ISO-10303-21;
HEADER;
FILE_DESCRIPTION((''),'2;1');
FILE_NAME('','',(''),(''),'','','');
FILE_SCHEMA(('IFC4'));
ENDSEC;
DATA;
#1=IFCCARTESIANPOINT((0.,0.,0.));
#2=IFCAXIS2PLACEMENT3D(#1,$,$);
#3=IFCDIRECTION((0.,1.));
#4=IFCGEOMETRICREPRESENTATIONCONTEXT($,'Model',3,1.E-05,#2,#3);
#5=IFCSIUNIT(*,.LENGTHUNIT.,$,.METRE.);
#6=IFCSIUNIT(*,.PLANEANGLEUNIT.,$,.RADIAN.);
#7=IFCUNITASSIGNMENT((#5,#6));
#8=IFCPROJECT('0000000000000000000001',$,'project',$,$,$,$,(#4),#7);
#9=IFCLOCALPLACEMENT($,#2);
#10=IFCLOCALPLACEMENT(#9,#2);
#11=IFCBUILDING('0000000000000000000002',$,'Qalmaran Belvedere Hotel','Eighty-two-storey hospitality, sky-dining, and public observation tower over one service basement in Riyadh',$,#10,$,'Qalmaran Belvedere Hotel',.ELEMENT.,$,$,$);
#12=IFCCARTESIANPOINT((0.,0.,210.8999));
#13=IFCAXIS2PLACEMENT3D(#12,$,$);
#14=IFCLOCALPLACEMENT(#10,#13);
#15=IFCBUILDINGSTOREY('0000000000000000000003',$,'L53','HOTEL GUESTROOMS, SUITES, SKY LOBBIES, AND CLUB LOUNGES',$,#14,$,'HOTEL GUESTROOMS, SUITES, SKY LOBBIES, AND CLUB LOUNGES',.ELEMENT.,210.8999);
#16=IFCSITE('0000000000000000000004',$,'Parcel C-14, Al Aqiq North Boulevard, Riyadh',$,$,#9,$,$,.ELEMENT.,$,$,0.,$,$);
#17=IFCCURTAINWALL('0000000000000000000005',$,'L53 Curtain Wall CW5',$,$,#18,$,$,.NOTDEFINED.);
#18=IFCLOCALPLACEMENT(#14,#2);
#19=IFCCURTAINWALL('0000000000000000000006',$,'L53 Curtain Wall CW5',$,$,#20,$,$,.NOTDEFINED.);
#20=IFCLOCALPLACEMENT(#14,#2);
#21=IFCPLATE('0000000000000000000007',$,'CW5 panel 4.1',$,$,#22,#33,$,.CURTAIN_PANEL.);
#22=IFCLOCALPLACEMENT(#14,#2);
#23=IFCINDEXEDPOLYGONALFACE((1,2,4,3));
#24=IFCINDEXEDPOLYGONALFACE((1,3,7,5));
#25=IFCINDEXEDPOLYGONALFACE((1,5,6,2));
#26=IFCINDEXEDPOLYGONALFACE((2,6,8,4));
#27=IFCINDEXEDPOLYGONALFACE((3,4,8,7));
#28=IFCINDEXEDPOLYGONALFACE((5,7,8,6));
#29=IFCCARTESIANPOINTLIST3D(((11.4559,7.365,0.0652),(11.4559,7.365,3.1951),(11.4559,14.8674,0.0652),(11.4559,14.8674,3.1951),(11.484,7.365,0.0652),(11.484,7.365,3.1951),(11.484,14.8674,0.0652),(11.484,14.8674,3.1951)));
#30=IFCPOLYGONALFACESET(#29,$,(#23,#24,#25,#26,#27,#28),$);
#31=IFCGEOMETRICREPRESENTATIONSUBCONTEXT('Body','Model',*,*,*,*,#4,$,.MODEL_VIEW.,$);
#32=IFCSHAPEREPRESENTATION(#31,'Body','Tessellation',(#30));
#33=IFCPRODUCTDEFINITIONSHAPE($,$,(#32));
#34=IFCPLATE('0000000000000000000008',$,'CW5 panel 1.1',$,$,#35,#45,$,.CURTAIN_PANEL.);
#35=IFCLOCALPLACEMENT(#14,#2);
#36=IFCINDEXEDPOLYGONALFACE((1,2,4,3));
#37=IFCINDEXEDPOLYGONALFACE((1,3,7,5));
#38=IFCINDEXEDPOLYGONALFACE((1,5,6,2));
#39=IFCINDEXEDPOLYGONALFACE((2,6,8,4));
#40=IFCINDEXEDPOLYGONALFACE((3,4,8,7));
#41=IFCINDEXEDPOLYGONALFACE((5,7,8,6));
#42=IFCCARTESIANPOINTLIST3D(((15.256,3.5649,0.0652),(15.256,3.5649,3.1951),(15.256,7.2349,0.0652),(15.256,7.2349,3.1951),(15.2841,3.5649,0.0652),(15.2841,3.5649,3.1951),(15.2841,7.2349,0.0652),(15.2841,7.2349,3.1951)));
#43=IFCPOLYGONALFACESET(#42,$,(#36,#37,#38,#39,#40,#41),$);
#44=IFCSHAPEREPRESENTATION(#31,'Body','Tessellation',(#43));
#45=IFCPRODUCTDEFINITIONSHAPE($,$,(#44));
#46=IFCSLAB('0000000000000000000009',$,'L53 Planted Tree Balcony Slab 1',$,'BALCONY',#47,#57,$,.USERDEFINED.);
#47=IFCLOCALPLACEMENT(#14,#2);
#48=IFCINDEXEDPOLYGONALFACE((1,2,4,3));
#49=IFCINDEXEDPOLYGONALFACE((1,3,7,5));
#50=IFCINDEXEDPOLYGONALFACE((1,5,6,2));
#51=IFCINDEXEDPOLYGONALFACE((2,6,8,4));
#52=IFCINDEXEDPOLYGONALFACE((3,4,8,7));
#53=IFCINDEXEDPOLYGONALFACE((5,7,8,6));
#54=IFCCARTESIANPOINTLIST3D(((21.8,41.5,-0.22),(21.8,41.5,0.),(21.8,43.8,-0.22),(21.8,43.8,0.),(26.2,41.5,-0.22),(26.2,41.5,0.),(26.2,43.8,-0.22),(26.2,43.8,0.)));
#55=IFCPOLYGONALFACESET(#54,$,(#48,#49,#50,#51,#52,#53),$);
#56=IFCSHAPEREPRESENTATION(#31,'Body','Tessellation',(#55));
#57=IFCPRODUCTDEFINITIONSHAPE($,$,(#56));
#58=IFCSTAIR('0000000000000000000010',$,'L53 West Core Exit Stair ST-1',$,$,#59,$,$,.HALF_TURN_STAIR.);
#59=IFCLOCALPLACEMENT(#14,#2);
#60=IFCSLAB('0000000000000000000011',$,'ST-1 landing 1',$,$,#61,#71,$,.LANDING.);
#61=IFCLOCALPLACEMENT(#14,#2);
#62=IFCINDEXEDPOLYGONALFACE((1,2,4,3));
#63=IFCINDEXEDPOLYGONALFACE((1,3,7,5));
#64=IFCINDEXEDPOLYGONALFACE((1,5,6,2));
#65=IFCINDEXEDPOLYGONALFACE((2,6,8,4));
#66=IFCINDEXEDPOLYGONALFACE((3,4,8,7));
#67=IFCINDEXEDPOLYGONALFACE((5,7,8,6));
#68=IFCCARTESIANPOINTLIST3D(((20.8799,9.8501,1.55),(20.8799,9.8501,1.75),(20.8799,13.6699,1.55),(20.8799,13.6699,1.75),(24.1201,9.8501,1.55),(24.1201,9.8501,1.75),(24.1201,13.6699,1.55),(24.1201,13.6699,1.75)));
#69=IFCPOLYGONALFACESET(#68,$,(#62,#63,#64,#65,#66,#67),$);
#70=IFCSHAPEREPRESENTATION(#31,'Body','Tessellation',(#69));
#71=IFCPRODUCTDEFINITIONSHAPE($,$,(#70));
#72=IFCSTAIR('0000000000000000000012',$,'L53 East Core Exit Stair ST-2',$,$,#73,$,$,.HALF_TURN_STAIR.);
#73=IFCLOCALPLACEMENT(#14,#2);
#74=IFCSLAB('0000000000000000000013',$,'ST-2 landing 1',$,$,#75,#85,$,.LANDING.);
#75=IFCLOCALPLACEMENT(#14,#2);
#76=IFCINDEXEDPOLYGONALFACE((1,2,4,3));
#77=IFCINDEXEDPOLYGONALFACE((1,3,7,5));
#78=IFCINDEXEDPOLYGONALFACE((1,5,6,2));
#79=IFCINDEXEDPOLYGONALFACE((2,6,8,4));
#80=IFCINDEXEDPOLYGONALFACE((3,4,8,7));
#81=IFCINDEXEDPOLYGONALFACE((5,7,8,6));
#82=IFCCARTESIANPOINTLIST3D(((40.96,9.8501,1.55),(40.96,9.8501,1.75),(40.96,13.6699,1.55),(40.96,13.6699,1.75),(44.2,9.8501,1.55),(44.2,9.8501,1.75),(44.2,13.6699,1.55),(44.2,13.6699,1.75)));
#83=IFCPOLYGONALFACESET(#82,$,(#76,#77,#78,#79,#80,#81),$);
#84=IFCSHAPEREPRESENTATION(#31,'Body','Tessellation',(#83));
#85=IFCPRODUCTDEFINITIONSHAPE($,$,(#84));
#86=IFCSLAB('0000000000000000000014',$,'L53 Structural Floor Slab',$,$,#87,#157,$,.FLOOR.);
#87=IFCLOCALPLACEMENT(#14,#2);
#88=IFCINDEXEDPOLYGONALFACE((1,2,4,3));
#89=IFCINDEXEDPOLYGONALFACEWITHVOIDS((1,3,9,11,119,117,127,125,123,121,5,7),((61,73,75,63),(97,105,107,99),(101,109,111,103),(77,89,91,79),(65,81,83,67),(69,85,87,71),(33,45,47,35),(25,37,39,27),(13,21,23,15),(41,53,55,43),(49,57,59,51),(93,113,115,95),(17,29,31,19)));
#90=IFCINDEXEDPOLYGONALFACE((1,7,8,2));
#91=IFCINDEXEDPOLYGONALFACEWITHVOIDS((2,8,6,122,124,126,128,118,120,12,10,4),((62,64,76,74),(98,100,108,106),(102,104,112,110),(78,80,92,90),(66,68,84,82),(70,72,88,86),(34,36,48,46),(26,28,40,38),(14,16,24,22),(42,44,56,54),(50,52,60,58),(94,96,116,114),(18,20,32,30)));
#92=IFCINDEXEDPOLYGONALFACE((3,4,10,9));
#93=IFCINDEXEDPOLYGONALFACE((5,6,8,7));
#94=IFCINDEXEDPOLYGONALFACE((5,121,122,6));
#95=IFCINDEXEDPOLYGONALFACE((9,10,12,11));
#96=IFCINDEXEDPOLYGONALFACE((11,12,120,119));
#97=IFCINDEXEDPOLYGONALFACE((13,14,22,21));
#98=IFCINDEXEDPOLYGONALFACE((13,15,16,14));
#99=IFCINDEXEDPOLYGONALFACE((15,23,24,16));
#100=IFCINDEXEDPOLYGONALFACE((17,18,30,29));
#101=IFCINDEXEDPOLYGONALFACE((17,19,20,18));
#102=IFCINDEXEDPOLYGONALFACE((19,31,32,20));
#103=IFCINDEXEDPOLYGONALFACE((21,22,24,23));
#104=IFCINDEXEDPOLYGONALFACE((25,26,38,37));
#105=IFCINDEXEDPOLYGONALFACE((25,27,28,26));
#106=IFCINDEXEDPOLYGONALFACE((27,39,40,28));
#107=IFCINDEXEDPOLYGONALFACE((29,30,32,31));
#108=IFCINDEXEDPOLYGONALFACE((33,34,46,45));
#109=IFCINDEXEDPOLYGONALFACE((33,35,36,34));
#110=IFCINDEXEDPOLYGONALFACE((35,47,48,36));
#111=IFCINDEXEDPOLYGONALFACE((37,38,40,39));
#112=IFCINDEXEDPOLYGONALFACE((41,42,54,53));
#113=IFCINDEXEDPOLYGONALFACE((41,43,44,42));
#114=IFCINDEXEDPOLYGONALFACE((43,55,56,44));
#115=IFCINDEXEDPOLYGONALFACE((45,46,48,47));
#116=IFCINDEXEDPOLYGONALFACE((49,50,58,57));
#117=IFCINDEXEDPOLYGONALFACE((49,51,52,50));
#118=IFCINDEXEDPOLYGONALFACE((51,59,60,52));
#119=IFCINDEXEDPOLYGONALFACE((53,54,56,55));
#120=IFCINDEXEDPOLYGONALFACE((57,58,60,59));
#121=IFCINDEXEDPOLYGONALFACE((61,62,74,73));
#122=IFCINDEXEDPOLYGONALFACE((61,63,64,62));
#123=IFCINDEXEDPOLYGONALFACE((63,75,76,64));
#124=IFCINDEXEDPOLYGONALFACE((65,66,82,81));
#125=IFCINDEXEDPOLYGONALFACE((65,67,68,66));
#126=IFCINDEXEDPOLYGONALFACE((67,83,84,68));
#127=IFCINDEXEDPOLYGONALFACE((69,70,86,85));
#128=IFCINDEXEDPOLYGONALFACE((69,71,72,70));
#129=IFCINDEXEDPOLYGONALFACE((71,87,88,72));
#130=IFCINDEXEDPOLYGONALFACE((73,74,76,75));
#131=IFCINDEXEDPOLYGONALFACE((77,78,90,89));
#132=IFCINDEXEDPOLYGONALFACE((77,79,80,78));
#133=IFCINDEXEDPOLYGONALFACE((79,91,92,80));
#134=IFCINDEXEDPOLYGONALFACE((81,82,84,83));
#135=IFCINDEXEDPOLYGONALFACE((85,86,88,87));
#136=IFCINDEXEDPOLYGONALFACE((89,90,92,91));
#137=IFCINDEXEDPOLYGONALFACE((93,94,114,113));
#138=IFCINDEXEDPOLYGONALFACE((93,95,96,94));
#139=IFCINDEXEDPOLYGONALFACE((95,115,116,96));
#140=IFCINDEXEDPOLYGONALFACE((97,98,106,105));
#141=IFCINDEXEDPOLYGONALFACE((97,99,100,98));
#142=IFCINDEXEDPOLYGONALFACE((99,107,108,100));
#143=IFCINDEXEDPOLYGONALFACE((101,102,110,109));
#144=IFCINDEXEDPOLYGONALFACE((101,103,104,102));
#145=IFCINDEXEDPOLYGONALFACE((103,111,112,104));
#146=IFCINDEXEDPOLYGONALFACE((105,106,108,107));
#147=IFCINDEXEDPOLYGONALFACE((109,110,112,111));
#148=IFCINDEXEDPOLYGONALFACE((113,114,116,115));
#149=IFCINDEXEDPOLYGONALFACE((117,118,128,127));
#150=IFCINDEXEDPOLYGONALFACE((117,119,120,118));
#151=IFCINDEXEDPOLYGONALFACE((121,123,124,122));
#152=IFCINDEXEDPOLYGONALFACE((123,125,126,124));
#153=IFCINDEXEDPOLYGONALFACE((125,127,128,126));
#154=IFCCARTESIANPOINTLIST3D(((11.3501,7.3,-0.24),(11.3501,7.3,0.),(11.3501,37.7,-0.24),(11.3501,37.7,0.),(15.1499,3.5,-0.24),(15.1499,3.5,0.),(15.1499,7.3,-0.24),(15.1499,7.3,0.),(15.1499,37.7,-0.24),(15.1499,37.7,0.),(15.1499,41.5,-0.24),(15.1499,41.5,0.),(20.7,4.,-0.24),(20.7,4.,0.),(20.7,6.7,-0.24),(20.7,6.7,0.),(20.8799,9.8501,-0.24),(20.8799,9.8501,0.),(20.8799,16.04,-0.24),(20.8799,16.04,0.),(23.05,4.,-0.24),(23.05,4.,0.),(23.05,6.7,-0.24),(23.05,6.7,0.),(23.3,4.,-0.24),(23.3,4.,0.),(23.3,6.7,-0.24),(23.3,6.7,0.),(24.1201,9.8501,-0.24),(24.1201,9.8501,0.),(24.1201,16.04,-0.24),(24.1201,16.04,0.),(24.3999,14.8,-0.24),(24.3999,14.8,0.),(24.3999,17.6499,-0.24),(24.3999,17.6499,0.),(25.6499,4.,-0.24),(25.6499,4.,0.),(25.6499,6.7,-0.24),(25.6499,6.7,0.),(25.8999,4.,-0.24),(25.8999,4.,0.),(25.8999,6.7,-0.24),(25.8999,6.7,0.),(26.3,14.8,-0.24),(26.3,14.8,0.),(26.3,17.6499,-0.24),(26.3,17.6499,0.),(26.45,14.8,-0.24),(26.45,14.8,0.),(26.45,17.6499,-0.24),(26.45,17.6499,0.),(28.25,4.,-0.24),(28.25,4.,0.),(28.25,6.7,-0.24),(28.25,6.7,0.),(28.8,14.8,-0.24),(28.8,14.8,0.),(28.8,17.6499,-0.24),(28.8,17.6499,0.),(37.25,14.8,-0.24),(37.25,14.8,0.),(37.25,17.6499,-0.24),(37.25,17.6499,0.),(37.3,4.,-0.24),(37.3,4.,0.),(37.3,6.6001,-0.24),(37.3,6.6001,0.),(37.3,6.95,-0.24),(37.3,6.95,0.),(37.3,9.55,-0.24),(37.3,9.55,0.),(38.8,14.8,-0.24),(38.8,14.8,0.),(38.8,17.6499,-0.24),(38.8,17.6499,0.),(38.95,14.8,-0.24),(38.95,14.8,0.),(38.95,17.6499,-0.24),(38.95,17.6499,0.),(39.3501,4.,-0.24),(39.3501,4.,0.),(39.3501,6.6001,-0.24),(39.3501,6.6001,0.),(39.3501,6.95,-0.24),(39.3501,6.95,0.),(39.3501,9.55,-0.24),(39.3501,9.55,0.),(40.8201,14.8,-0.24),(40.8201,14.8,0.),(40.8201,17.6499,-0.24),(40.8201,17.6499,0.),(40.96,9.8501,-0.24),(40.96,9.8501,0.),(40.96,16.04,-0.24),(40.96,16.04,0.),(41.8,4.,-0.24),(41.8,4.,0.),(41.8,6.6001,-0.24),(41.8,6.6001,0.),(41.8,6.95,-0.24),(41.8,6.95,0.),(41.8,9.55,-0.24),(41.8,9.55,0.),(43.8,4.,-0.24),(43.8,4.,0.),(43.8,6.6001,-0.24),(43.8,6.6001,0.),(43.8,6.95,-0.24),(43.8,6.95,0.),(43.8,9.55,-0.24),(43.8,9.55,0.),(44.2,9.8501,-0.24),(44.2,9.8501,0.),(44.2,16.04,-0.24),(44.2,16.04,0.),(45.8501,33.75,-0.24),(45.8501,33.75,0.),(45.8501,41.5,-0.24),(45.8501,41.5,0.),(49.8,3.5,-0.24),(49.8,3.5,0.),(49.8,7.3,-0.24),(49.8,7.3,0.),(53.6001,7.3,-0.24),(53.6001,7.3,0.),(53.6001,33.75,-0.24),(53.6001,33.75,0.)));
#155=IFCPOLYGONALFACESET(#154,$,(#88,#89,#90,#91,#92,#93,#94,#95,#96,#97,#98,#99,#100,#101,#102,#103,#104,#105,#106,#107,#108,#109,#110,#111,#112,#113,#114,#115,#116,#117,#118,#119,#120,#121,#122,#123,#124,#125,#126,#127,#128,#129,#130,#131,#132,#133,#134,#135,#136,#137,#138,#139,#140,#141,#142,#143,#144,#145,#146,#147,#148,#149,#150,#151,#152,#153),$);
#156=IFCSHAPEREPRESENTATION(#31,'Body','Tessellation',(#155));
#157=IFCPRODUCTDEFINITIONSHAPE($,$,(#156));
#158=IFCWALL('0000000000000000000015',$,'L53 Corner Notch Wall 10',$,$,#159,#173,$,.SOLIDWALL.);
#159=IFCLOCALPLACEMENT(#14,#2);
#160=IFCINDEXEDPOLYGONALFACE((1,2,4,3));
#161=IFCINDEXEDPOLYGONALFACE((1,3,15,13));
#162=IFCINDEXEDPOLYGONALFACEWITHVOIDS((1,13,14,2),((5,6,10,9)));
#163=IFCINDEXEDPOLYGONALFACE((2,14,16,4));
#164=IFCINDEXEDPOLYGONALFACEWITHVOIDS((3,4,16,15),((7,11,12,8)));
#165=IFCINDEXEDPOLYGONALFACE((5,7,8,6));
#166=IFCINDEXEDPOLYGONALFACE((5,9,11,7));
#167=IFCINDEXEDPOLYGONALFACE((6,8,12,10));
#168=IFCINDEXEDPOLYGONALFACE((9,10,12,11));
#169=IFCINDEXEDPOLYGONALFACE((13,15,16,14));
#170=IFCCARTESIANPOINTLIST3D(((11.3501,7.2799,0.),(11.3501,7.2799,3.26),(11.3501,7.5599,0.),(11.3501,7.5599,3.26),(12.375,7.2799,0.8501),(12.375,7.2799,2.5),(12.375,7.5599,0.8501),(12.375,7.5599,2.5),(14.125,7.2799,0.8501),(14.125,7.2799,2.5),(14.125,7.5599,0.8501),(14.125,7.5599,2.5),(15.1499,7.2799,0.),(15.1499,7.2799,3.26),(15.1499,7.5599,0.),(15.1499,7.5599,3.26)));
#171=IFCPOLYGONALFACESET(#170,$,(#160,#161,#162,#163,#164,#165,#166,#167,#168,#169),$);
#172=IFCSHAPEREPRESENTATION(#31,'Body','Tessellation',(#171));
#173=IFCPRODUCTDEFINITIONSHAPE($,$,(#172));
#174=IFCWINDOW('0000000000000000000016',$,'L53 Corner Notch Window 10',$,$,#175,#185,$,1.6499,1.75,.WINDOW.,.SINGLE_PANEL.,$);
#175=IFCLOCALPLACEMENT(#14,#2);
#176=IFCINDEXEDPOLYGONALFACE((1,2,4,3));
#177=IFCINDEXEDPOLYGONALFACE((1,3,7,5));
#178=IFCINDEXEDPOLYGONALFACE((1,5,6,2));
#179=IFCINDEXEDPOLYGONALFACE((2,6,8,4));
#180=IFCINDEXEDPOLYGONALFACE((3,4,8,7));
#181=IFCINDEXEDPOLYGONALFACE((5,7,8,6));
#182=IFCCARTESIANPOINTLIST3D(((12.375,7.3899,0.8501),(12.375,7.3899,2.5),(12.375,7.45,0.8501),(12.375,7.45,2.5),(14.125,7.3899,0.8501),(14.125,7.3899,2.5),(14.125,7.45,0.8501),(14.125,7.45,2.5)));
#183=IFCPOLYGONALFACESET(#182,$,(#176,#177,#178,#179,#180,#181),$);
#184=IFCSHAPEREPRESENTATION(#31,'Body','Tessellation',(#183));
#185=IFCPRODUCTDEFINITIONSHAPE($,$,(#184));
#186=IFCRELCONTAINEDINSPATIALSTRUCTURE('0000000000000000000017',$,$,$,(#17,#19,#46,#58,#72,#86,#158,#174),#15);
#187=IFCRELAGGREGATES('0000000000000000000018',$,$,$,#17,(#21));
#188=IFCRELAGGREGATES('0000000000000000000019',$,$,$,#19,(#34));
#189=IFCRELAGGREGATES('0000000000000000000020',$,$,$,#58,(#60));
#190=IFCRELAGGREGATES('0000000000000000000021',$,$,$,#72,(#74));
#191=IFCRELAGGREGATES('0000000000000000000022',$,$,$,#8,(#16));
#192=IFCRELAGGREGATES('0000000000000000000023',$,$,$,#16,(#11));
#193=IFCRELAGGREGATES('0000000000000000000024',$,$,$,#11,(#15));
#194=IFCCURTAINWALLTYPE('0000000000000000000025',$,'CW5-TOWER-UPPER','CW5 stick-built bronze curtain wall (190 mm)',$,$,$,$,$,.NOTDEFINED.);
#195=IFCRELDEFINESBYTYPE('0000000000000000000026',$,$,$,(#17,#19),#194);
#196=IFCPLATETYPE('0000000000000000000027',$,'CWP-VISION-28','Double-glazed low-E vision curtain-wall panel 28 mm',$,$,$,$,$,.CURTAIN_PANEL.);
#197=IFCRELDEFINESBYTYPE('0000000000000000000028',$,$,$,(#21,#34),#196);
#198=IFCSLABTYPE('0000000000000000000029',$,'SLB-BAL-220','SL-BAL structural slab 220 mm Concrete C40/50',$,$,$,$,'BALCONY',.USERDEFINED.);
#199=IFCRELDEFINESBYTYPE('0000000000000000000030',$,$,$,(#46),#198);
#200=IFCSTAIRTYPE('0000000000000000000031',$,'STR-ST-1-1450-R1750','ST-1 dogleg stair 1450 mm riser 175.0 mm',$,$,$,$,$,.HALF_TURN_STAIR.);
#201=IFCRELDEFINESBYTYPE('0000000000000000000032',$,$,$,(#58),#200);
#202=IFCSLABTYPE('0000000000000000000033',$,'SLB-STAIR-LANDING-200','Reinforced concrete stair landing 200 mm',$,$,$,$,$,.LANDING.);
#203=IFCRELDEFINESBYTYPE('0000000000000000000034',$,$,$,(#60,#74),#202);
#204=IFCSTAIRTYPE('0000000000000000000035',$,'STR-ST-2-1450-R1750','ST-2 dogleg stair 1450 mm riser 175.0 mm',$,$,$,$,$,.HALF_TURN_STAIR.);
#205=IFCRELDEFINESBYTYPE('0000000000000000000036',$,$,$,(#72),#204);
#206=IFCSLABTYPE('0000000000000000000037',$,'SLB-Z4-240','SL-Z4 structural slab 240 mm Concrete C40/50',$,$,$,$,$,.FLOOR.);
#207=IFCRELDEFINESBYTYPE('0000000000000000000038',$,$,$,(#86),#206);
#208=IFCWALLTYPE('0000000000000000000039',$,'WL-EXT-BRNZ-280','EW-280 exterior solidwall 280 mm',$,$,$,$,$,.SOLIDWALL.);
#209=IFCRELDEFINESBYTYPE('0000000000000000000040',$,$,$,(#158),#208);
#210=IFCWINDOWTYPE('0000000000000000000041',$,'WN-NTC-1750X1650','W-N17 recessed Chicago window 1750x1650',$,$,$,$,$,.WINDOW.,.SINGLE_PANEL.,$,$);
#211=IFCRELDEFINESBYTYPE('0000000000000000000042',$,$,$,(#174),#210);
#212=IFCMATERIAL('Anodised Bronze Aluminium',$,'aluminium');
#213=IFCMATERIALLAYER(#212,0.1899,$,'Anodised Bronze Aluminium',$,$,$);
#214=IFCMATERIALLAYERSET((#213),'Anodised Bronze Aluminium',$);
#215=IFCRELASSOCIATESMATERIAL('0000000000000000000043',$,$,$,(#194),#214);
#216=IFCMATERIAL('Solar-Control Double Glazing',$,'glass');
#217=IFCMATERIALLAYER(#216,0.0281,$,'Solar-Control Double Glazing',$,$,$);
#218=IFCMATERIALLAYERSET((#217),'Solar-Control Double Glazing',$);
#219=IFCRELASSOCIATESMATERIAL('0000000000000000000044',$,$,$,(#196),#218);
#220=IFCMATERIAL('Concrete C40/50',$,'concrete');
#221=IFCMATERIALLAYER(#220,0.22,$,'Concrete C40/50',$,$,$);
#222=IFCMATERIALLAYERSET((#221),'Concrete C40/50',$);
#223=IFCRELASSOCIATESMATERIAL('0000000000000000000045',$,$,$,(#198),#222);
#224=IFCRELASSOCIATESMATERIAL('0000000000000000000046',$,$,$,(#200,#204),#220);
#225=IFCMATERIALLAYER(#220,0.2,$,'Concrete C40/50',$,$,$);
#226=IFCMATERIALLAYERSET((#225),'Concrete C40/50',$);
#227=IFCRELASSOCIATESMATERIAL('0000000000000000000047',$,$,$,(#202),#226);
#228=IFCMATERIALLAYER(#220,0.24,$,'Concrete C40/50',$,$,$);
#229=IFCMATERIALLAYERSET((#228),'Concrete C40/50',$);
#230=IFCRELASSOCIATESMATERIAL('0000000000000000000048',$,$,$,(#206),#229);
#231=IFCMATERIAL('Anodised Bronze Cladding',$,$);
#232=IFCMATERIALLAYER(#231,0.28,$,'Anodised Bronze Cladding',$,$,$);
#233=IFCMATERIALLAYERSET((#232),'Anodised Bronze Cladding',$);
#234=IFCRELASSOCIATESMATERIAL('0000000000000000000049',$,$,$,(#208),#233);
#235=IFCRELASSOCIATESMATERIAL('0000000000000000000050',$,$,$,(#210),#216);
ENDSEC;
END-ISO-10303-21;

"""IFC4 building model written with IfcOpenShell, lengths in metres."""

from ifc_helpers import new_model, si_unit, direction, frame, frame_2d, origin, origin_2d, place, context, subcontext, project, spatial, polyline, rectangle, outline, extrude, material, layer, layer_set, type_object, element, fill, aggregate, save


model = new_model("IFC4")

# Units and contexts
model_context = context("Model", 3, precision=1e-05, world=origin(), true_north=direction((0.0, 1.0)))
body_context = subcontext(model_context, "Body", "Model", "MODEL_VIEW")
ifc_project = project(units=[si_unit("LENGTHUNIT", "METRE"), si_unit("PLANEANGLEUNIT", "RADIAN")], contexts=[model_context])

# Site, building, storey
site_placement = place(None, origin())
site = spatial("IfcSite", under=ifc_project, at=site_placement, Name="Parcel C-14, Al Aqiq North Boulevard, Riyadh", CompositionType="ELEMENT", RefElevation=0.0)
building_placement = place(site_placement, origin())
building = spatial("IfcBuilding", under=site, at=building_placement, Name="Qalmaran Belvedere Hotel", Description="Eighty-two-storey hospitality, sky-dining, and public observation tower over one service basement in Riyadh", LongName="Qalmaran Belvedere Hotel", CompositionType="ELEMENT")
storey_placement = place(building_placement, frame((0.0, 0.0, 210.8999)))
storey = spatial("IfcBuildingStorey", under=building, at=storey_placement, Name="L53", Description="HOTEL GUESTROOMS, SUITES, SKY LOBBIES, AND CLUB LOUNGES", LongName="HOTEL GUESTROOMS, SUITES, SKY LOBBIES, AND CLUB LOUNGES", CompositionType="ELEMENT", Elevation=210.8999)

# Shared definitions
ifc_material_1 = material(Name="Anodised Bronze Aluminium", Category="aluminium")
ifc_layer_1 = layer(ifc_material_1, 0.1899, Name="Anodised Bronze Aluminium")
ifc_layer_set_1 = layer_set([ifc_layer_1], Name="Anodised Bronze Aluminium")
curtain_wall_type = type_object("IfcCurtainWallType", Name="CW5-TOWER-UPPER", Description="CW5 stick-built bronze curtain wall (190 mm)", PredefinedType="NOTDEFINED", material=ifc_layer_set_1)

# Curtain wall
curtain_wall_1_placement = place(storey_placement, origin())
curtain_wall_1 = element("IfcCurtainWall", 1, at=curtain_wall_1_placement, inside=storey, type_object=curtain_wall_type, Name="L53 Curtain Wall CW5", PredefinedType="NOTDEFINED")

# Curtain wall
curtain_wall_2_placement = place(storey_placement, origin())
curtain_wall_2 = element("IfcCurtainWall", 2, at=curtain_wall_2_placement, inside=storey, type_object=curtain_wall_type, Name="L53 Curtain Wall CW5", PredefinedType="NOTDEFINED")

# Plates
ifc_material_2 = material(Name="Solar-Control Double Glazing", Category="glass")
ifc_layer_2 = layer(ifc_material_2, 0.0281, Name="Solar-Control Double Glazing")
ifc_layer_set_2 = layer_set([ifc_layer_2], Name="Solar-Control Double Glazing")
plate_type = type_object("IfcPlateType", Name="CWP-VISION-28", Description="Double-glazed low-E vision curtain-wall panel 28 mm", PredefinedType="CURTAIN_PANEL", material=ifc_layer_set_2)
plate_1_placement = place(storey_placement, frame((11.47, 11.1162, 0.0652), z_axis=(0.0, 0.0, 1.0), x_axis=(0.0, -1.0, 0.0)))
plate_1 = element("IfcPlate", 3, at=plate_1_placement, type_object=plate_type, Name="CW5 panel 4.1", PredefinedType="CURTAIN_PANEL", context=body_context, shape_type="SweptSolid", body=[
    extrude(rectangle(XDim=7.5024, YDim=0.0281, at=origin_2d()), origin(), (0.0, 0.0, 1.0), 3.1299),
])
aggregate(curtain_wall_1, [plate_1])
plate_2_placement = place(storey_placement, frame((15.27, 5.3999, 0.0652), z_axis=(0.0, 0.0, 1.0), x_axis=(0.0, -1.0, 0.0)))
plate_2 = element("IfcPlate", 4, at=plate_2_placement, type_object=plate_type, Name="CW5 panel 1.1", PredefinedType="CURTAIN_PANEL", context=body_context, shape_type="SweptSolid", body=[
    extrude(rectangle(XDim=3.6699, YDim=0.0281, at=origin_2d()), origin(), (0.0, 0.0, 1.0), 3.1299),
])
aggregate(curtain_wall_2, [plate_2])

# Slab
ifc_material_3 = material(Name="Concrete C40/50", Category="concrete")
ifc_layer_3 = layer(ifc_material_3, 0.22, Name="Concrete C40/50")
ifc_layer_set_3 = layer_set([ifc_layer_3], Name="Concrete C40/50")
slab_type_1 = type_object("IfcSlabType", Name="SLB-BAL-220", Description="SL-BAL structural slab 220 mm Concrete C40/50", ElementType="BALCONY", PredefinedType="USERDEFINED", material=ifc_layer_set_3)
slab_1_placement = place(storey_placement, frame((0.0, 0.0, -0.22)))
element("IfcSlab", 5, at=slab_1_placement, inside=storey, type_object=slab_type_1, Name="L53 Planted Tree Balcony Slab 1", ObjectType="BALCONY", PredefinedType="USERDEFINED", context=body_context, shape_type="SweptSolid", body=[
    extrude(outline(polyline([(21.8, 41.5), (26.2, 41.5), (26.2, 43.8), (21.8, 43.8), (21.8, 41.5)])), origin(), (0.0, 0.0, 1.0), 0.22),
])

# Stairs, slabs
stair_type_1 = type_object("IfcStairType", Name="STR-ST-1-1450-R1750", Description="ST-1 dogleg stair 1450 mm riser 175.0 mm", PredefinedType="HALF_TURN_STAIR", material=ifc_material_3)
stair_1_placement = place(storey_placement, origin())
stair_1 = element("IfcStair", 6, at=stair_1_placement, inside=storey, type_object=stair_type_1, Name="L53 West Core Exit Stair ST-1", PredefinedType="HALF_TURN_STAIR")
ifc_layer_4 = layer(ifc_material_3, 0.2, Name="Concrete C40/50")
ifc_layer_set_4 = layer_set([ifc_layer_4], Name="Concrete C40/50")
slab_type_2 = type_object("IfcSlabType", Name="SLB-STAIR-LANDING-200", Description="Reinforced concrete stair landing 200 mm", PredefinedType="LANDING", material=ifc_layer_set_4)
slab_2_placement = place(storey_placement, frame((0.0, 0.0, 1.55)))
slab_2 = element("IfcSlab", 7, at=slab_2_placement, type_object=slab_type_2, Name="ST-1 landing 1", PredefinedType="LANDING", context=body_context, shape_type="SweptSolid", body=[
    extrude(outline(polyline([(20.8799, 13.6699), (20.8799, 9.8501), (24.1201, 9.8501), (24.1201, 13.6699), (20.8799, 13.6699)])), origin(), (0.0, 0.0, 1.0), 0.2),
])
aggregate(stair_1, [slab_2])
stair_type_2 = type_object("IfcStairType", Name="STR-ST-2-1450-R1750", Description="ST-2 dogleg stair 1450 mm riser 175.0 mm", PredefinedType="HALF_TURN_STAIR", material=ifc_material_3)
stair_2_placement = place(storey_placement, origin())
stair_2 = element("IfcStair", 8, at=stair_2_placement, inside=storey, type_object=stair_type_2, Name="L53 East Core Exit Stair ST-2", PredefinedType="HALF_TURN_STAIR")
slab_3_placement = place(storey_placement, frame((0.0, 0.0, 1.55)))
slab_3 = element("IfcSlab", 9, at=slab_3_placement, type_object=slab_type_2, Name="ST-2 landing 1", PredefinedType="LANDING", context=body_context, shape_type="SweptSolid", body=[
    extrude(outline(polyline([(40.96, 13.6699), (40.96, 9.8501), (44.2, 9.8501), (44.2, 13.6699), (40.96, 13.6699)])), origin(), (0.0, 0.0, 1.0), 0.2),
])
aggregate(stair_2, [slab_3])

# Slab
ifc_layer_5 = layer(ifc_material_3, 0.24, Name="Concrete C40/50")
ifc_layer_set_5 = layer_set([ifc_layer_5], Name="Concrete C40/50")
slab_type_3 = type_object("IfcSlabType", Name="SLB-Z4-240", Description="SL-Z4 structural slab 240 mm Concrete C40/50", PredefinedType="FLOOR", material=ifc_layer_set_5)
slab_4_placement = place(storey_placement, frame((0.0, 0.0, -0.24)))
element("IfcSlab", 10, at=slab_4_placement, inside=storey, type_object=slab_type_3, Name="L53 Structural Floor Slab", PredefinedType="FLOOR", context=body_context, shape_type="SweptSolid", body=[
    extrude(outline(polyline([(15.1499, 3.5), (49.8, 3.5), (49.8, 7.3), (53.6001, 7.3), (53.6001, 33.75), (45.8501, 33.75), (45.8501, 41.5), (15.1499, 41.5), (15.1499, 37.7), (11.3501, 37.7), (11.3501, 7.3), (15.1499, 7.3), (15.1499, 3.5)]), holes=[polyline([(20.8799, 9.8501), (24.1201, 9.8501), (24.1201, 16.04), (20.8799, 16.04), (20.8799, 9.8501)]), polyline([(40.96, 9.8501), (44.2, 9.8501), (44.2, 16.04), (40.96, 16.04), (40.96, 9.8501)]), polyline([(37.3, 4.0), (39.3501, 4.0), (39.3501, 6.6001), (37.3, 6.6001), (37.3, 4.0)]), polyline([(37.3, 6.95), (39.3501, 6.95), (39.3501, 9.55), (37.3, 9.55), (37.3, 6.95)]), polyline([(41.8, 4.0), (43.8, 4.0), (43.8, 6.6001), (41.8, 6.6001), (41.8, 4.0)]), polyline([(41.8, 6.95), (43.8, 6.95), (43.8, 9.55), (41.8, 9.55), (41.8, 6.95)]), polyline([(20.7, 4.0), (23.05, 4.0), (23.05, 6.7), (20.7, 6.7), (20.7, 4.0)]), polyline([(23.3, 4.0), (25.6499, 4.0), (25.6499, 6.7), (23.3, 6.7), (23.3, 4.0)]), polyline([(25.8999, 4.0), (28.25, 4.0), (28.25, 6.7), (25.8999, 6.7), (25.8999, 4.0)]), polyline([(24.3999, 14.8), (26.3, 14.8), (26.3, 17.6499), (24.3999, 17.6499), (24.3999, 14.8)]), polyline([(38.95, 14.8), (40.8201, 14.8), (40.8201, 17.6499), (38.95, 17.6499), (38.95, 14.8)]), polyline([(26.45, 14.8), (28.8, 14.8), (28.8, 17.6499), (26.45, 17.6499), (26.45, 14.8)]), polyline([(37.25, 14.8), (38.8, 14.8), (38.8, 17.6499), (37.25, 17.6499), (37.25, 14.8)])]), origin(), (0.0, 0.0, 1.0), 0.24),
])

# Wall, opening, window
ifc_material_4 = material(Name="Anodised Bronze Cladding")
ifc_layer_6 = layer(ifc_material_4, 0.28, Name="Anodised Bronze Cladding")
ifc_layer_set_6 = layer_set([ifc_layer_6], Name="Anodised Bronze Cladding")
wall_type_1 = type_object("IfcWallType", Name="WL-EXT-BRNZ-280", Description="EW-280 exterior solidwall 280 mm", PredefinedType="SOLIDWALL", material=ifc_layer_set_6)
wall_1_placement = place(storey_placement, frame((11.3501, 7.4199, 0.0), z_axis=(0.0, 0.0, 1.0), x_axis=(1.0, 0.0, 0.0)))
wall_1 = element("IfcWall", 11, at=wall_1_placement, inside=storey, type_object=wall_type_1, Name="L53 Corner Notch Wall 10", PredefinedType="SOLIDWALL", context=body_context, shape_type="SweptSolid", body=[
    extrude(rectangle(XDim=3.7998, YDim=0.28, at=frame_2d((1.8999, 0.0))), origin(), (0.0, 0.0, 1.0), 3.26),
])
opening_1_placement = place(wall_1_placement, frame((1.0249, 0.0, 0.8501)))
opening_1 = element("IfcOpeningElement", 12, at=opening_1_placement, cuts=wall_1, PredefinedType="OPENING", context=body_context, shape_type="SweptSolid", body=[
    extrude(rectangle(XDim=1.75, YDim=1.6499, at=frame_2d((0.875, 0.825))), frame((0.0, 0.1499, 0.0), z_axis=(0.0, -1.0, 0.0), x_axis=(1.0, 0.0, 0.0)), (0.0, 0.0, 1.0), 0.3),
])
window_type = type_object("IfcWindowType", Name="WN-NTC-1750X1650", Description="W-N17 recessed Chicago window 1750x1650", PartitioningType="SINGLE_PANEL", PredefinedType="WINDOW", material=ifc_material_2)
window_placement = place(opening_1_placement, origin())
window = element("IfcWindow", 13, at=window_placement, inside=storey, type_object=window_type, Name="L53 Corner Notch Window 10", OverallHeight=1.6499, OverallWidth=1.75, PartitioningType="SINGLE_PANEL", PredefinedType="WINDOW", context=body_context, shape_type="SweptSolid", body=[
    extrude(rectangle(XDim=1.75, YDim=1.6499, at=frame_2d((0.875, 0.825))), frame((0.0, 0.03, 0.0), z_axis=(0.0, -1.0, 0.0), x_axis=(1.0, 0.0, 0.0)), (0.0, 0.0, 1.0), 0.0601),
])
fill(opening_1, window)

save(model, "model.ifc")
